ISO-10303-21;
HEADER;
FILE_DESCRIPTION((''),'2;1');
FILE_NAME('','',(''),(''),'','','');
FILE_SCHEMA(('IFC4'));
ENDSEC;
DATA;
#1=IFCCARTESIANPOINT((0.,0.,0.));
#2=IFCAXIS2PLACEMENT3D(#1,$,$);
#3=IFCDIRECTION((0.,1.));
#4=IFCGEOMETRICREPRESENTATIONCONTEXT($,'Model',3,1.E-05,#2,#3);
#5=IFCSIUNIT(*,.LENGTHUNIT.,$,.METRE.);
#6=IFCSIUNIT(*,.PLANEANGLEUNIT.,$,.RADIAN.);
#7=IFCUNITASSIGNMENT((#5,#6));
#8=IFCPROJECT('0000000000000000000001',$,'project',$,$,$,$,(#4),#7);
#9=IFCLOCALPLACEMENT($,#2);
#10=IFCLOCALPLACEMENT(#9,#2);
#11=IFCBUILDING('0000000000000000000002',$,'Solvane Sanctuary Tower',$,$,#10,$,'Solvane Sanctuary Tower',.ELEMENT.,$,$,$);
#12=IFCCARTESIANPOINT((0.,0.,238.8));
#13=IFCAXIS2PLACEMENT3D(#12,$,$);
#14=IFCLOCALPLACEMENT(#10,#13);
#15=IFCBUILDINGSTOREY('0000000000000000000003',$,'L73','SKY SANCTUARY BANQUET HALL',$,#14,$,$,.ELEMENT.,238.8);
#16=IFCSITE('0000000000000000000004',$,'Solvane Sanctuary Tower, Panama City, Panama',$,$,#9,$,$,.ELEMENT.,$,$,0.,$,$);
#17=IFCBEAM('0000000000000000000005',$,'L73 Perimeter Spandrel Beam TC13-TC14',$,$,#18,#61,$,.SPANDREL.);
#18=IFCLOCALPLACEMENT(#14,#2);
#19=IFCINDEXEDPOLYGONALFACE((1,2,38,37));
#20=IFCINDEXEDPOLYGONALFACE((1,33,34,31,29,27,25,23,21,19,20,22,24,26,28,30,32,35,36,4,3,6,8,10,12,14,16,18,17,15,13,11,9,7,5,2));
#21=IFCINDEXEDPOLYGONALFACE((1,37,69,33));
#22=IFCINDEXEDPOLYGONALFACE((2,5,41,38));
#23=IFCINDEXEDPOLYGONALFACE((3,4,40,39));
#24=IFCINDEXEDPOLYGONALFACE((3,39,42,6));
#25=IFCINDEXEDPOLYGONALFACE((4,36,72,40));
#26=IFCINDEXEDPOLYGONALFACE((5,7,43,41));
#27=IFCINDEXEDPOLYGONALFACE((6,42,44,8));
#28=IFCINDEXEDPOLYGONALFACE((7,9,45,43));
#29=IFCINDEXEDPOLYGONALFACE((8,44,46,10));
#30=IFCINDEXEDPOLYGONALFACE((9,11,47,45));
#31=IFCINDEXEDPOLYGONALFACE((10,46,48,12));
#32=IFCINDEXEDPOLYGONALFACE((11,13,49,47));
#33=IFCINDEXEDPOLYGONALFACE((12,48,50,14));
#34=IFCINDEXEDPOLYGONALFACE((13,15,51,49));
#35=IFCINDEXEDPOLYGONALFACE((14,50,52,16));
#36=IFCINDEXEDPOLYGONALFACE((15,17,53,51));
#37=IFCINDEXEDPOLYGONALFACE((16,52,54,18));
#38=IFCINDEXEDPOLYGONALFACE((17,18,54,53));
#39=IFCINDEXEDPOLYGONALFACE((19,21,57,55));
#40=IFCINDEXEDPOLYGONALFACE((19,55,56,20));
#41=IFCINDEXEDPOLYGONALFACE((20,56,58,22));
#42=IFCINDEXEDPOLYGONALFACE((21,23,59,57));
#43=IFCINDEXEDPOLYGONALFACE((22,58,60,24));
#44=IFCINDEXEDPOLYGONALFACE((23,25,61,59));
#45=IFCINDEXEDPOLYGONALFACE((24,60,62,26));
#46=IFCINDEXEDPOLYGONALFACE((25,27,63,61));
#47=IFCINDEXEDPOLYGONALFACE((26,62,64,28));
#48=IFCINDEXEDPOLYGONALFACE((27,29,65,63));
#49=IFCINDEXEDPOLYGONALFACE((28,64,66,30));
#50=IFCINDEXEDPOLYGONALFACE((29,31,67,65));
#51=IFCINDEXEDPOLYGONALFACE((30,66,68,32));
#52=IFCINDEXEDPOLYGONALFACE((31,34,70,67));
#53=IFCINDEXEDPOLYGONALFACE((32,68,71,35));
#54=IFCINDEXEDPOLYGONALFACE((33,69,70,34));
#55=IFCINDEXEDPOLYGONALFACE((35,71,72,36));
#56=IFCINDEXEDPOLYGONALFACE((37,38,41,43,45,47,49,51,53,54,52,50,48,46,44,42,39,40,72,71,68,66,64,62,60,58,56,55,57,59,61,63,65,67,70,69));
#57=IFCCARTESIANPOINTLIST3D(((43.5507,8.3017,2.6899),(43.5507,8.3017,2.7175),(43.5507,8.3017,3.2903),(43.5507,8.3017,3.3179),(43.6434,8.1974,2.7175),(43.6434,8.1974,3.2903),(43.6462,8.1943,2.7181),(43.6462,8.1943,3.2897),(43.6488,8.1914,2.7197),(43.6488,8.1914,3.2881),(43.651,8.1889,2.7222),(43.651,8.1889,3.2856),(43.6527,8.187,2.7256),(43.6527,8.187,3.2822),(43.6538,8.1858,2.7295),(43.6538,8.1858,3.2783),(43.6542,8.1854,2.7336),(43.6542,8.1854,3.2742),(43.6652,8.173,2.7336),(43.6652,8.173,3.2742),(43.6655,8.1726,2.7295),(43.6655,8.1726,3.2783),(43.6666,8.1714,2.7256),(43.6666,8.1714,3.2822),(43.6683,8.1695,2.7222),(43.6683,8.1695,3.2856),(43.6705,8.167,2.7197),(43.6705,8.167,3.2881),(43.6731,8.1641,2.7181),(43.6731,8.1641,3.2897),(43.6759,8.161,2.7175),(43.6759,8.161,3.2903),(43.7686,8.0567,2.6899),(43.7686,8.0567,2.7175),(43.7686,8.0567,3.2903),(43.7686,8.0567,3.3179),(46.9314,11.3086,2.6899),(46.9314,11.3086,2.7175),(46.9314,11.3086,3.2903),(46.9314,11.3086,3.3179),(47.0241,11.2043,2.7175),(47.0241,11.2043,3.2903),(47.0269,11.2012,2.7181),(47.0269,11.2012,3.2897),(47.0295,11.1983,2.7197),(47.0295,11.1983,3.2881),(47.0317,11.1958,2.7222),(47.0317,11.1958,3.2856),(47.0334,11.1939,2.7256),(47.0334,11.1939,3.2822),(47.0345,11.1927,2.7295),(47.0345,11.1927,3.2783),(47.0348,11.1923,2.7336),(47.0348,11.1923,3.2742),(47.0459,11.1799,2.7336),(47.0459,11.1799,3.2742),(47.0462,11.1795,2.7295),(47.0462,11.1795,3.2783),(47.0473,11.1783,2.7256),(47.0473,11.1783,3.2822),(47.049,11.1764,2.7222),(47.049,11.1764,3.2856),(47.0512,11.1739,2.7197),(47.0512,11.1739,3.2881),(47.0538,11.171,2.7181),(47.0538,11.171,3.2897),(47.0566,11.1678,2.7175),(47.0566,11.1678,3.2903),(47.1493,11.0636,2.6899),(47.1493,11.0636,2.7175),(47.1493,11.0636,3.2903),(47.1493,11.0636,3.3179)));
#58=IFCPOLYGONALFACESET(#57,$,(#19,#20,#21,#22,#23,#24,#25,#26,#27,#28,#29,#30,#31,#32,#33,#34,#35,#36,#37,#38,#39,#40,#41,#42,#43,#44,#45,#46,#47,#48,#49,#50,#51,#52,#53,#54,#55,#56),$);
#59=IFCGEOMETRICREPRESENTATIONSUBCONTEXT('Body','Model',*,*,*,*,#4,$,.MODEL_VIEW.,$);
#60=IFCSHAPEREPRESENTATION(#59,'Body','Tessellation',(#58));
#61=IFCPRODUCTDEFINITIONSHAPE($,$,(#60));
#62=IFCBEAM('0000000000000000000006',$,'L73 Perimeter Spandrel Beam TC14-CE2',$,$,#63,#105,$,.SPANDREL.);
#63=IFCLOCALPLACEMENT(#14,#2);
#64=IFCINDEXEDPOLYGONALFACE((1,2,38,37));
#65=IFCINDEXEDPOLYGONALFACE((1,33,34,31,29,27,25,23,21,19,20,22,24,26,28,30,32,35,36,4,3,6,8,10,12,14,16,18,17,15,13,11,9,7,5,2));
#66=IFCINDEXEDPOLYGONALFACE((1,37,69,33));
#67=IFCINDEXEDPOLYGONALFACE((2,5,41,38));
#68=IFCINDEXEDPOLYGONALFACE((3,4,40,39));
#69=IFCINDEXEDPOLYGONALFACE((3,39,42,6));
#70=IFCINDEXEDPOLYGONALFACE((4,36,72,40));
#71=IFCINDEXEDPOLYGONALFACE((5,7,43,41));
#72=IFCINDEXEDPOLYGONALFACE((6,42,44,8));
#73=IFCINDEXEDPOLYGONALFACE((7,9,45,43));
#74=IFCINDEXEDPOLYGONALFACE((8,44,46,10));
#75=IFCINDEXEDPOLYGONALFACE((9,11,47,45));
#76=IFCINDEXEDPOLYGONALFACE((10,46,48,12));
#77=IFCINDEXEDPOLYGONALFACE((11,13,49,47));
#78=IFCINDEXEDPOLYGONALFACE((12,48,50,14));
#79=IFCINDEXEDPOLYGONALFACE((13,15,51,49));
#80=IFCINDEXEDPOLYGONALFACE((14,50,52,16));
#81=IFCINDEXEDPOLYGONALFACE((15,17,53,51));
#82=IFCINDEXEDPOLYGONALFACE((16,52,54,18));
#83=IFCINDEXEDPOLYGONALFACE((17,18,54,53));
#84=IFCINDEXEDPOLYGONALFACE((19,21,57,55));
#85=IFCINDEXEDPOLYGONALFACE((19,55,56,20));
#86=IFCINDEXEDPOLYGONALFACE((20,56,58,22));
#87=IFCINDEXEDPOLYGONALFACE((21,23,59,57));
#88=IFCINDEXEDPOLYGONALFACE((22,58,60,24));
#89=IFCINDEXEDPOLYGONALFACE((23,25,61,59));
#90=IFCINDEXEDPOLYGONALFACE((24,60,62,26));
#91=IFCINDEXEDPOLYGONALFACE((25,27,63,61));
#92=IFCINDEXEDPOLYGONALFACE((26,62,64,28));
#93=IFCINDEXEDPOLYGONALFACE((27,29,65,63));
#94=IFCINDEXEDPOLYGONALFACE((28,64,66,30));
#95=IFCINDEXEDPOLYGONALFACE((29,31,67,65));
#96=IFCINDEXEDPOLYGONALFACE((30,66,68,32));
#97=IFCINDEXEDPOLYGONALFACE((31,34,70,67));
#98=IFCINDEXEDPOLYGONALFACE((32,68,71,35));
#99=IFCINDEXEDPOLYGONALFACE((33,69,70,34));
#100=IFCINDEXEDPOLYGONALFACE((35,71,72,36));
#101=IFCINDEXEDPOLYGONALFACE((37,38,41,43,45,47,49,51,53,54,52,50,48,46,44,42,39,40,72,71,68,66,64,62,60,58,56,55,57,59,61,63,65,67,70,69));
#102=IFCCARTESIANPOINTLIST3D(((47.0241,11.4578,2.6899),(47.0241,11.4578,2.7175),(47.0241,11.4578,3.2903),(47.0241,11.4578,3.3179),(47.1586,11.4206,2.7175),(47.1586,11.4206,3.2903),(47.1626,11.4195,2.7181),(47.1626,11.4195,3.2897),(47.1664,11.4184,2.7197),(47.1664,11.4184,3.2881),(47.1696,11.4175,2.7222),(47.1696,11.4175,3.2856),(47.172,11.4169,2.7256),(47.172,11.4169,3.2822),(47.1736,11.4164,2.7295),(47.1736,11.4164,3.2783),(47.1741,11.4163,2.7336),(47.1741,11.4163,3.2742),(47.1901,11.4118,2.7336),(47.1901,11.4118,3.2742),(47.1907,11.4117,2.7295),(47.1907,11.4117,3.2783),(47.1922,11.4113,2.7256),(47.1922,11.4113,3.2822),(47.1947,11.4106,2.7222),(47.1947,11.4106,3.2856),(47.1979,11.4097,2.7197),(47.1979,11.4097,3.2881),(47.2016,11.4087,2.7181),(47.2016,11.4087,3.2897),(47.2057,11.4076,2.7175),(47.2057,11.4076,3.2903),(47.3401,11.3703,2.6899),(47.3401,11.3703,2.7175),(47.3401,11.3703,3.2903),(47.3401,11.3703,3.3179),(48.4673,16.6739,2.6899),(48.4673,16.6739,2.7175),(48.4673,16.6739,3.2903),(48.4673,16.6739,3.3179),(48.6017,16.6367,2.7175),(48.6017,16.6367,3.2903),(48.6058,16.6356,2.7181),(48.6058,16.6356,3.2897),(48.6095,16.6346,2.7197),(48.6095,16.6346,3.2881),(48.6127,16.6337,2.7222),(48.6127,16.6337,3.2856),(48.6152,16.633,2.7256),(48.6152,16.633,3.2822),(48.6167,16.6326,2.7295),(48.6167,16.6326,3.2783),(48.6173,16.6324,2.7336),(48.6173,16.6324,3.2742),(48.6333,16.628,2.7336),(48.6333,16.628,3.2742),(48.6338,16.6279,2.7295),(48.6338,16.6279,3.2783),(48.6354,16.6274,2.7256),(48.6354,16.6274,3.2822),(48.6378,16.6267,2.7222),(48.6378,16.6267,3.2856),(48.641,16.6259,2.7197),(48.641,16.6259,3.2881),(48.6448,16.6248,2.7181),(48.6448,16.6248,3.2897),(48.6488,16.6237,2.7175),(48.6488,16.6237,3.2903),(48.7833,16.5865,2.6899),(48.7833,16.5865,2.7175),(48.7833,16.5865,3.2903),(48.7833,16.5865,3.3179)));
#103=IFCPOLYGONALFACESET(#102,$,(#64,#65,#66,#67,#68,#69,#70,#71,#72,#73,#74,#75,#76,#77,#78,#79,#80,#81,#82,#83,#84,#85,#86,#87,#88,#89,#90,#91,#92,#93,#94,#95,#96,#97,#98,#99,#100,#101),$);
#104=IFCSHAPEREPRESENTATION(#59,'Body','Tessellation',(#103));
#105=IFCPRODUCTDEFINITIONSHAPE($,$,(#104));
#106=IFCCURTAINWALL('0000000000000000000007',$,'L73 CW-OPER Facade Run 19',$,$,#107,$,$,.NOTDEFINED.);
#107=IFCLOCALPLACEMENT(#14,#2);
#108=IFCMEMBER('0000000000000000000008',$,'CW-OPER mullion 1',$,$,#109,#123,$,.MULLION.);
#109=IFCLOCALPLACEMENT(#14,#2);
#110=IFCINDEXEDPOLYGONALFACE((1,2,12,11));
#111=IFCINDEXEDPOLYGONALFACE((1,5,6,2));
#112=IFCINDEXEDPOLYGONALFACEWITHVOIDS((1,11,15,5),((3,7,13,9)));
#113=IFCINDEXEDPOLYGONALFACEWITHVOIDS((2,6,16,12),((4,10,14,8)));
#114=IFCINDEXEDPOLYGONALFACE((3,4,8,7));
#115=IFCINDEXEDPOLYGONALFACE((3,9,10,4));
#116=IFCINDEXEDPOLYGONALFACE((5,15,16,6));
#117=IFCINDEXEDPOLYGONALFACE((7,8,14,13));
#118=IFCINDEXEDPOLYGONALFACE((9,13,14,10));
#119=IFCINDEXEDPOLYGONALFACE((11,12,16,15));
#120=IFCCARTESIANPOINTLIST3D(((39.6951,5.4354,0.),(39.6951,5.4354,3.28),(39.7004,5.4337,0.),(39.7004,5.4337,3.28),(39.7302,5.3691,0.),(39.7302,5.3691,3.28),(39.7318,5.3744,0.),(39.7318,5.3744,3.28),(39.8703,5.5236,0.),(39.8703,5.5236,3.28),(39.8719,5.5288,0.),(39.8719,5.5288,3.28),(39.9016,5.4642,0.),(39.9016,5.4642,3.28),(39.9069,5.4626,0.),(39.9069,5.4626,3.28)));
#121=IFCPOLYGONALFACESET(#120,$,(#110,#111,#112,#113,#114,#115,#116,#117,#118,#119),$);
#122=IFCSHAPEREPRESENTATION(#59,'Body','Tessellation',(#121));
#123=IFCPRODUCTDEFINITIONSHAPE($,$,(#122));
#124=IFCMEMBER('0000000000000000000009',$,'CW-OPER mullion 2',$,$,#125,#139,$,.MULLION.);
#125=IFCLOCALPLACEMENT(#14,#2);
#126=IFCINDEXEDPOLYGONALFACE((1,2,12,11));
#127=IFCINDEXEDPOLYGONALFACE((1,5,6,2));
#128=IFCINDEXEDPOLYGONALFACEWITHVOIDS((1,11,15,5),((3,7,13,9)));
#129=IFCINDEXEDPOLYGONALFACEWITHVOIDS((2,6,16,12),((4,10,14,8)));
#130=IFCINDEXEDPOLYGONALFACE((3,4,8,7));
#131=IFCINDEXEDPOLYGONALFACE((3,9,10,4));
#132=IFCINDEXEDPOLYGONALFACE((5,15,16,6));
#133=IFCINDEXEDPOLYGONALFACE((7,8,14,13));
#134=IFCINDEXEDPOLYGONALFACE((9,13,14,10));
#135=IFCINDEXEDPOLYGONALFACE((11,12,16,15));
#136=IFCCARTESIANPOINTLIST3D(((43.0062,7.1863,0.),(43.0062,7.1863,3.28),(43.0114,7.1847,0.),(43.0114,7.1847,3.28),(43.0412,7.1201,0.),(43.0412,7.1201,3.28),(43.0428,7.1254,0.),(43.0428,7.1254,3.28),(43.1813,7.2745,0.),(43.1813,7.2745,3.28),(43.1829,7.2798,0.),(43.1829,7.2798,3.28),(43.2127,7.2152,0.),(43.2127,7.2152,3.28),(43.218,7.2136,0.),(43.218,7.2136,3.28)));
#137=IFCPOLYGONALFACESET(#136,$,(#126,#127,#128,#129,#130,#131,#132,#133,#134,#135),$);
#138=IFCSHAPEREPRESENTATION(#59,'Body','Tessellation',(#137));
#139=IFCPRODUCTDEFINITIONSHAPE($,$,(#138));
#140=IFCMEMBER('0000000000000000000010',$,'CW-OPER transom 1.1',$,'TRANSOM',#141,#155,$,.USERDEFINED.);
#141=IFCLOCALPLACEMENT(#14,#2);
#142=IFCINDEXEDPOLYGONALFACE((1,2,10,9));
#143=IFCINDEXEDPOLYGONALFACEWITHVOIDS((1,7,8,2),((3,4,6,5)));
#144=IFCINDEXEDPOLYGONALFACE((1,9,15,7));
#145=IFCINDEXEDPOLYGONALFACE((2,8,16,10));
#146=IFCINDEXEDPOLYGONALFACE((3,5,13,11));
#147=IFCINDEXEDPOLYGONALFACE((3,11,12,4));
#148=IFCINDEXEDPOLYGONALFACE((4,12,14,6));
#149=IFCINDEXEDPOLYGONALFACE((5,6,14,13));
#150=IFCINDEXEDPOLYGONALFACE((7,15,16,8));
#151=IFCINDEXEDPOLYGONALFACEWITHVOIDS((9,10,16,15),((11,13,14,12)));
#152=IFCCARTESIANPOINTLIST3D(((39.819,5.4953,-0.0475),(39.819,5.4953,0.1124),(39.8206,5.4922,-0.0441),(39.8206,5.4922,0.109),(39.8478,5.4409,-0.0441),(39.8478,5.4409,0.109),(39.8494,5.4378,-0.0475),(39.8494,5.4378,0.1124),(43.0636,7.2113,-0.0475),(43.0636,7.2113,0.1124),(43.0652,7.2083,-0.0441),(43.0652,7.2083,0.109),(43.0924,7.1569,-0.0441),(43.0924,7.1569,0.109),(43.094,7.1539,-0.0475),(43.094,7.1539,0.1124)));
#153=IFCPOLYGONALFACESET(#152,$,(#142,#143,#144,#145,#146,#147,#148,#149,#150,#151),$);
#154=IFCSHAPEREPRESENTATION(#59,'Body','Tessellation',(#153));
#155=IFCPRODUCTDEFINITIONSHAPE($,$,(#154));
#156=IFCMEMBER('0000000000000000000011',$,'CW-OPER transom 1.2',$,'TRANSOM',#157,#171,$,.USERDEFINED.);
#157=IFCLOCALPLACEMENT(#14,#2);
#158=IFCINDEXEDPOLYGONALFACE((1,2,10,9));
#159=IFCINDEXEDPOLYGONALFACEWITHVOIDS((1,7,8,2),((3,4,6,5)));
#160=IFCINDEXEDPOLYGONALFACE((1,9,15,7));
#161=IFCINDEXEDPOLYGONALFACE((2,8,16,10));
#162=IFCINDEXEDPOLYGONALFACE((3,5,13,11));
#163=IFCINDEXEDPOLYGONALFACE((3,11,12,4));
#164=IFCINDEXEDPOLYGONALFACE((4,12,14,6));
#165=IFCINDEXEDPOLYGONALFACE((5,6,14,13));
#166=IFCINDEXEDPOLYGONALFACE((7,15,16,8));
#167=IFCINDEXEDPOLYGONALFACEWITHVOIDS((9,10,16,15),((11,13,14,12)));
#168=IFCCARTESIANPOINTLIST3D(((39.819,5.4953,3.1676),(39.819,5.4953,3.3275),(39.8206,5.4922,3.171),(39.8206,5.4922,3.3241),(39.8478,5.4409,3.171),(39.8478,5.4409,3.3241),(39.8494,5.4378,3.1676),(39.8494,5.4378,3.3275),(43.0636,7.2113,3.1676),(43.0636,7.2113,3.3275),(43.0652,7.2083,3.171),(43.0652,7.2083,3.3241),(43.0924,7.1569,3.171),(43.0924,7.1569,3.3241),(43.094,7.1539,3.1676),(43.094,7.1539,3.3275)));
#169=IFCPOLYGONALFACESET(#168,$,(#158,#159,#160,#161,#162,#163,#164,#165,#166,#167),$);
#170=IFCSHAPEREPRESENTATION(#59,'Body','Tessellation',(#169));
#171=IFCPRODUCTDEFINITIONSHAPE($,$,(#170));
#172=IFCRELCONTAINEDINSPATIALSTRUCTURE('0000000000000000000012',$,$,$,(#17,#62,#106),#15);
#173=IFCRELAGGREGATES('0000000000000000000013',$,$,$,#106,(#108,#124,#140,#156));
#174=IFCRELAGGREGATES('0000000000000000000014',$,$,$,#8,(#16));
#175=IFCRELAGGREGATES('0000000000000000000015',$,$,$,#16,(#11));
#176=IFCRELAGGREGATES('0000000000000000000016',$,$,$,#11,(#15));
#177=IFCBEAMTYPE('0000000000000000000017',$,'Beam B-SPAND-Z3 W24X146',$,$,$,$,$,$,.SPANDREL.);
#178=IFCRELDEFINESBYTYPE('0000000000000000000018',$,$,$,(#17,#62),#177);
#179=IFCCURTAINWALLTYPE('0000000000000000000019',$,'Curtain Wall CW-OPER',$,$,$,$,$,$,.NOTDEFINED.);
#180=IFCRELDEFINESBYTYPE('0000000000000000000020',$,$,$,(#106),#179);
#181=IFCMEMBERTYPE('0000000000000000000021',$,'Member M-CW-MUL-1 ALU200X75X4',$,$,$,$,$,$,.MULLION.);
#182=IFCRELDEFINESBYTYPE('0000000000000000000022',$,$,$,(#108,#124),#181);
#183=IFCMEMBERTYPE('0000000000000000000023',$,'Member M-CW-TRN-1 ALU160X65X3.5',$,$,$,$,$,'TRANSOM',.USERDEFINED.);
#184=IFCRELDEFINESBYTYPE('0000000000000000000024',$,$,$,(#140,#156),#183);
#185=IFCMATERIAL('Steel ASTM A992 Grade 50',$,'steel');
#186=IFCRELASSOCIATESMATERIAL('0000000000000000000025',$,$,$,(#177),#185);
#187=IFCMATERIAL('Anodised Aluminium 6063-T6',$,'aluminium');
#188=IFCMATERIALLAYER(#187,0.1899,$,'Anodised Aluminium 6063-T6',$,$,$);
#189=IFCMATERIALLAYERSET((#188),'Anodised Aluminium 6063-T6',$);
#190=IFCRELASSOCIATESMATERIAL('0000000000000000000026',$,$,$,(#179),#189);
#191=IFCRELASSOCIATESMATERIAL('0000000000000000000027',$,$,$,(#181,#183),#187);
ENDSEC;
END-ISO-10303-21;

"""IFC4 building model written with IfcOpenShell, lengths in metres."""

from ifc_helpers import new_model, si_unit, direction, frame, origin, origin_2d, place, context, subcontext, project, spatial, hollow_rectangle, i_section, extrude, material, layer, layer_set, material_profile, profile_set, type_object, element, aggregate, save


model = new_model("IFC4")

# Units and contexts
model_context = context("Model", 3, precision=1e-05, world=origin(), true_north=direction((0.0, 1.0)))
body_context = subcontext(model_context, "Body", "Model", "MODEL_VIEW")
ifc_project = project(units=[si_unit("LENGTHUNIT", "METRE"), si_unit("PLANEANGLEUNIT", "RADIAN")], contexts=[model_context])

# Site, building, storey
site_placement = place(None, origin())
site = spatial("IfcSite", under=ifc_project, at=site_placement, Name="Solvane Sanctuary Tower, Panama City, Panama", CompositionType="ELEMENT", RefElevation=0.0)
building_placement = place(site_placement, origin())
building = spatial("IfcBuilding", under=site, at=building_placement, Name="Solvane Sanctuary Tower", LongName="Solvane Sanctuary Tower", CompositionType="ELEMENT")
storey_placement = place(building_placement, frame((0.0, 0.0, 238.8)))
storey = spatial("IfcBuildingStorey", under=building, at=storey_placement, Name="L73", Description="SKY SANCTUARY BANQUET HALL", CompositionType="ELEMENT", Elevation=238.8)

# Beams
ifc_material_1 = material(Name="Steel ASTM A992 Grade 50", Category="steel")
ifc_material_profile_1 = material_profile(ifc_material_1, i_section(OverallWidth=0.3279, OverallDepth=0.6279, WebThickness=0.0166, FlangeThickness=0.0276, FilletRadius=0.0161, at=origin_2d()), Name="W24X146")
ifc_profile_set_1 = profile_set([ifc_material_profile_1], Name="Steel ASTM A992 Grade 50")
beam_type_1 = type_object("IfcBeamType", Name="Beam B-SPAND-Z3 W24X146", PredefinedType="SPANDREL", material=ifc_profile_set_1)
beam_1_placement = place(storey_placement, frame((43.6597, 8.1792, 3.0039), z_axis=(0.747207, 0.664592, 0.0), x_axis=(-0.664592, 0.747207, 0.0)))
element("IfcBeam", 1, at=beam_1_placement, inside=storey, type_object=beam_type_1, Name="L73 Perimeter Spandrel Beam TC13-TC14", PredefinedType="SPANDREL", context=body_context, shape_type="SweptSolid", body=[
    extrude(i_section(OverallWidth=0.3279, OverallDepth=0.6279, WebThickness=0.0166, FlangeThickness=0.0276, FilletRadius=0.0161, at=origin_2d()), origin(), (0.0, 0.0, 1.0), 4.5244),
])
beam_2_placement = place(storey_placement, frame((47.1821, 11.4141, 3.0039), z_axis=(0.26665, 0.963793, 0.0), x_axis=(-0.963793, 0.26665, 0.0)))
element("IfcBeam", 2, at=beam_2_placement, inside=storey, type_object=beam_type_1, Name="L73 Perimeter Spandrel Beam TC14-CE2", PredefinedType="SPANDREL", context=body_context, shape_type="SweptSolid", body=[
    extrude(i_section(OverallWidth=0.3279, OverallDepth=0.6279, WebThickness=0.0166, FlangeThickness=0.0276, FilletRadius=0.0161, at=origin_2d()), origin(), (0.0, 0.0, 1.0), 5.4121),
])

# Curtain wall, members
ifc_material_2 = material(Name="Anodised Aluminium 6063-T6", Category="aluminium")
ifc_layer_1 = layer(ifc_material_2, 0.1899, Name="Anodised Aluminium 6063-T6")
ifc_layer_set_1 = layer_set([ifc_layer_1], Name="Anodised Aluminium 6063-T6")
curtain_wall_type = type_object("IfcCurtainWallType", Name="Curtain Wall CW-OPER", PredefinedType="NOTDEFINED", material=ifc_layer_set_1)
curtain_wall_placement = place(storey_placement, origin())
curtain_wall = element("IfcCurtainWall", 3, at=curtain_wall_placement, inside=storey, type_object=curtain_wall_type, Name="L73 CW-OPER Facade Run 19", PredefinedType="NOTDEFINED")
ifc_material_profile_2 = material_profile(ifc_material_2, hollow_rectangle(XDim=0.075, YDim=0.2, WallThickness=0.0039, at=origin_2d()), Name="ALU200X75X4")
ifc_profile_set_2 = profile_set([ifc_material_profile_2], Name="Anodised Aluminium 6063-T6")
member_type_1 = type_object("IfcMemberType", Name="Member M-CW-MUL-1 ALU200X75X4", PredefinedType="MULLION", material=ifc_profile_set_2)
member_1_placement = place(storey_placement, frame((39.801, 5.449, 0.0), z_axis=(0.0, 0.0, 1.0), x_axis=(-0.467523, 0.883981, 0.0)))
member_1 = element("IfcMember", 4, at=member_1_placement, type_object=member_type_1, Name="CW-OPER mullion 1", PredefinedType="MULLION", context=body_context, shape_type="SweptSolid", body=[
    extrude(hollow_rectangle(XDim=0.075, YDim=0.2, WallThickness=0.0039, at=origin_2d()), origin(), (0.0, 0.0, 1.0), 3.28),
])
member_2_placement = place(storey_placement, frame((43.1121, 7.2, 0.0), z_axis=(0.0, 0.0, 1.0), x_axis=(-0.467523, 0.883981, 0.0)))
member_2 = element("IfcMember", 5, at=member_2_placement, type_object=member_type_1, Name="CW-OPER mullion 2", PredefinedType="MULLION", context=body_context, shape_type="SweptSolid", body=[
    extrude(hollow_rectangle(XDim=0.075, YDim=0.2, WallThickness=0.0039, at=origin_2d()), origin(), (0.0, 0.0, 1.0), 3.28),
])
ifc_material_profile_3 = material_profile(ifc_material_2, hollow_rectangle(XDim=0.0649, YDim=0.1599, WallThickness=0.0034, at=origin_2d()), Name="ALU160X65X3.5")
ifc_profile_set_3 = profile_set([ifc_material_profile_3], Name="Anodised Aluminium 6063-T6")
member_type_2 = type_object("IfcMemberType", Name="Member M-CW-TRN-1 ALU160X65X3.5", ElementType="TRANSOM", PredefinedType="USERDEFINED", material=ifc_profile_set_3)
member_3_placement = place(storey_placement, frame((39.8342, 5.4666, 0.0325), z_axis=(0.883977, 0.46753, 0.0), x_axis=(-0.46753, 0.883977, 0.0)))
member_3 = element("IfcMember", 6, at=member_3_placement, type_object=member_type_2, Name="CW-OPER transom 1.1", ObjectType="TRANSOM", PredefinedType="USERDEFINED", context=body_context, shape_type="SweptSolid", body=[
    extrude(hollow_rectangle(XDim=0.0649, YDim=0.1599, WallThickness=0.0034, at=origin_2d()), origin(), (0.0, 0.0, 1.0), 3.6704),
])
member_4_placement = place(storey_placement, frame((39.8342, 5.4666, 3.2476), z_axis=(0.883977, 0.46753, 0.0), x_axis=(-0.46753, 0.883977, 0.0)))
member_4 = element("IfcMember", 7, at=member_4_placement, type_object=member_type_2, Name="CW-OPER transom 1.2", ObjectType="TRANSOM", PredefinedType="USERDEFINED", context=body_context, shape_type="SweptSolid", body=[
    extrude(hollow_rectangle(XDim=0.0649, YDim=0.1599, WallThickness=0.0034, at=origin_2d()), origin(), (0.0, 0.0, 1.0), 3.6704),
])

aggregate(curtain_wall, [member_1, member_2, member_3, member_4])

save(model, "model.ifc")
